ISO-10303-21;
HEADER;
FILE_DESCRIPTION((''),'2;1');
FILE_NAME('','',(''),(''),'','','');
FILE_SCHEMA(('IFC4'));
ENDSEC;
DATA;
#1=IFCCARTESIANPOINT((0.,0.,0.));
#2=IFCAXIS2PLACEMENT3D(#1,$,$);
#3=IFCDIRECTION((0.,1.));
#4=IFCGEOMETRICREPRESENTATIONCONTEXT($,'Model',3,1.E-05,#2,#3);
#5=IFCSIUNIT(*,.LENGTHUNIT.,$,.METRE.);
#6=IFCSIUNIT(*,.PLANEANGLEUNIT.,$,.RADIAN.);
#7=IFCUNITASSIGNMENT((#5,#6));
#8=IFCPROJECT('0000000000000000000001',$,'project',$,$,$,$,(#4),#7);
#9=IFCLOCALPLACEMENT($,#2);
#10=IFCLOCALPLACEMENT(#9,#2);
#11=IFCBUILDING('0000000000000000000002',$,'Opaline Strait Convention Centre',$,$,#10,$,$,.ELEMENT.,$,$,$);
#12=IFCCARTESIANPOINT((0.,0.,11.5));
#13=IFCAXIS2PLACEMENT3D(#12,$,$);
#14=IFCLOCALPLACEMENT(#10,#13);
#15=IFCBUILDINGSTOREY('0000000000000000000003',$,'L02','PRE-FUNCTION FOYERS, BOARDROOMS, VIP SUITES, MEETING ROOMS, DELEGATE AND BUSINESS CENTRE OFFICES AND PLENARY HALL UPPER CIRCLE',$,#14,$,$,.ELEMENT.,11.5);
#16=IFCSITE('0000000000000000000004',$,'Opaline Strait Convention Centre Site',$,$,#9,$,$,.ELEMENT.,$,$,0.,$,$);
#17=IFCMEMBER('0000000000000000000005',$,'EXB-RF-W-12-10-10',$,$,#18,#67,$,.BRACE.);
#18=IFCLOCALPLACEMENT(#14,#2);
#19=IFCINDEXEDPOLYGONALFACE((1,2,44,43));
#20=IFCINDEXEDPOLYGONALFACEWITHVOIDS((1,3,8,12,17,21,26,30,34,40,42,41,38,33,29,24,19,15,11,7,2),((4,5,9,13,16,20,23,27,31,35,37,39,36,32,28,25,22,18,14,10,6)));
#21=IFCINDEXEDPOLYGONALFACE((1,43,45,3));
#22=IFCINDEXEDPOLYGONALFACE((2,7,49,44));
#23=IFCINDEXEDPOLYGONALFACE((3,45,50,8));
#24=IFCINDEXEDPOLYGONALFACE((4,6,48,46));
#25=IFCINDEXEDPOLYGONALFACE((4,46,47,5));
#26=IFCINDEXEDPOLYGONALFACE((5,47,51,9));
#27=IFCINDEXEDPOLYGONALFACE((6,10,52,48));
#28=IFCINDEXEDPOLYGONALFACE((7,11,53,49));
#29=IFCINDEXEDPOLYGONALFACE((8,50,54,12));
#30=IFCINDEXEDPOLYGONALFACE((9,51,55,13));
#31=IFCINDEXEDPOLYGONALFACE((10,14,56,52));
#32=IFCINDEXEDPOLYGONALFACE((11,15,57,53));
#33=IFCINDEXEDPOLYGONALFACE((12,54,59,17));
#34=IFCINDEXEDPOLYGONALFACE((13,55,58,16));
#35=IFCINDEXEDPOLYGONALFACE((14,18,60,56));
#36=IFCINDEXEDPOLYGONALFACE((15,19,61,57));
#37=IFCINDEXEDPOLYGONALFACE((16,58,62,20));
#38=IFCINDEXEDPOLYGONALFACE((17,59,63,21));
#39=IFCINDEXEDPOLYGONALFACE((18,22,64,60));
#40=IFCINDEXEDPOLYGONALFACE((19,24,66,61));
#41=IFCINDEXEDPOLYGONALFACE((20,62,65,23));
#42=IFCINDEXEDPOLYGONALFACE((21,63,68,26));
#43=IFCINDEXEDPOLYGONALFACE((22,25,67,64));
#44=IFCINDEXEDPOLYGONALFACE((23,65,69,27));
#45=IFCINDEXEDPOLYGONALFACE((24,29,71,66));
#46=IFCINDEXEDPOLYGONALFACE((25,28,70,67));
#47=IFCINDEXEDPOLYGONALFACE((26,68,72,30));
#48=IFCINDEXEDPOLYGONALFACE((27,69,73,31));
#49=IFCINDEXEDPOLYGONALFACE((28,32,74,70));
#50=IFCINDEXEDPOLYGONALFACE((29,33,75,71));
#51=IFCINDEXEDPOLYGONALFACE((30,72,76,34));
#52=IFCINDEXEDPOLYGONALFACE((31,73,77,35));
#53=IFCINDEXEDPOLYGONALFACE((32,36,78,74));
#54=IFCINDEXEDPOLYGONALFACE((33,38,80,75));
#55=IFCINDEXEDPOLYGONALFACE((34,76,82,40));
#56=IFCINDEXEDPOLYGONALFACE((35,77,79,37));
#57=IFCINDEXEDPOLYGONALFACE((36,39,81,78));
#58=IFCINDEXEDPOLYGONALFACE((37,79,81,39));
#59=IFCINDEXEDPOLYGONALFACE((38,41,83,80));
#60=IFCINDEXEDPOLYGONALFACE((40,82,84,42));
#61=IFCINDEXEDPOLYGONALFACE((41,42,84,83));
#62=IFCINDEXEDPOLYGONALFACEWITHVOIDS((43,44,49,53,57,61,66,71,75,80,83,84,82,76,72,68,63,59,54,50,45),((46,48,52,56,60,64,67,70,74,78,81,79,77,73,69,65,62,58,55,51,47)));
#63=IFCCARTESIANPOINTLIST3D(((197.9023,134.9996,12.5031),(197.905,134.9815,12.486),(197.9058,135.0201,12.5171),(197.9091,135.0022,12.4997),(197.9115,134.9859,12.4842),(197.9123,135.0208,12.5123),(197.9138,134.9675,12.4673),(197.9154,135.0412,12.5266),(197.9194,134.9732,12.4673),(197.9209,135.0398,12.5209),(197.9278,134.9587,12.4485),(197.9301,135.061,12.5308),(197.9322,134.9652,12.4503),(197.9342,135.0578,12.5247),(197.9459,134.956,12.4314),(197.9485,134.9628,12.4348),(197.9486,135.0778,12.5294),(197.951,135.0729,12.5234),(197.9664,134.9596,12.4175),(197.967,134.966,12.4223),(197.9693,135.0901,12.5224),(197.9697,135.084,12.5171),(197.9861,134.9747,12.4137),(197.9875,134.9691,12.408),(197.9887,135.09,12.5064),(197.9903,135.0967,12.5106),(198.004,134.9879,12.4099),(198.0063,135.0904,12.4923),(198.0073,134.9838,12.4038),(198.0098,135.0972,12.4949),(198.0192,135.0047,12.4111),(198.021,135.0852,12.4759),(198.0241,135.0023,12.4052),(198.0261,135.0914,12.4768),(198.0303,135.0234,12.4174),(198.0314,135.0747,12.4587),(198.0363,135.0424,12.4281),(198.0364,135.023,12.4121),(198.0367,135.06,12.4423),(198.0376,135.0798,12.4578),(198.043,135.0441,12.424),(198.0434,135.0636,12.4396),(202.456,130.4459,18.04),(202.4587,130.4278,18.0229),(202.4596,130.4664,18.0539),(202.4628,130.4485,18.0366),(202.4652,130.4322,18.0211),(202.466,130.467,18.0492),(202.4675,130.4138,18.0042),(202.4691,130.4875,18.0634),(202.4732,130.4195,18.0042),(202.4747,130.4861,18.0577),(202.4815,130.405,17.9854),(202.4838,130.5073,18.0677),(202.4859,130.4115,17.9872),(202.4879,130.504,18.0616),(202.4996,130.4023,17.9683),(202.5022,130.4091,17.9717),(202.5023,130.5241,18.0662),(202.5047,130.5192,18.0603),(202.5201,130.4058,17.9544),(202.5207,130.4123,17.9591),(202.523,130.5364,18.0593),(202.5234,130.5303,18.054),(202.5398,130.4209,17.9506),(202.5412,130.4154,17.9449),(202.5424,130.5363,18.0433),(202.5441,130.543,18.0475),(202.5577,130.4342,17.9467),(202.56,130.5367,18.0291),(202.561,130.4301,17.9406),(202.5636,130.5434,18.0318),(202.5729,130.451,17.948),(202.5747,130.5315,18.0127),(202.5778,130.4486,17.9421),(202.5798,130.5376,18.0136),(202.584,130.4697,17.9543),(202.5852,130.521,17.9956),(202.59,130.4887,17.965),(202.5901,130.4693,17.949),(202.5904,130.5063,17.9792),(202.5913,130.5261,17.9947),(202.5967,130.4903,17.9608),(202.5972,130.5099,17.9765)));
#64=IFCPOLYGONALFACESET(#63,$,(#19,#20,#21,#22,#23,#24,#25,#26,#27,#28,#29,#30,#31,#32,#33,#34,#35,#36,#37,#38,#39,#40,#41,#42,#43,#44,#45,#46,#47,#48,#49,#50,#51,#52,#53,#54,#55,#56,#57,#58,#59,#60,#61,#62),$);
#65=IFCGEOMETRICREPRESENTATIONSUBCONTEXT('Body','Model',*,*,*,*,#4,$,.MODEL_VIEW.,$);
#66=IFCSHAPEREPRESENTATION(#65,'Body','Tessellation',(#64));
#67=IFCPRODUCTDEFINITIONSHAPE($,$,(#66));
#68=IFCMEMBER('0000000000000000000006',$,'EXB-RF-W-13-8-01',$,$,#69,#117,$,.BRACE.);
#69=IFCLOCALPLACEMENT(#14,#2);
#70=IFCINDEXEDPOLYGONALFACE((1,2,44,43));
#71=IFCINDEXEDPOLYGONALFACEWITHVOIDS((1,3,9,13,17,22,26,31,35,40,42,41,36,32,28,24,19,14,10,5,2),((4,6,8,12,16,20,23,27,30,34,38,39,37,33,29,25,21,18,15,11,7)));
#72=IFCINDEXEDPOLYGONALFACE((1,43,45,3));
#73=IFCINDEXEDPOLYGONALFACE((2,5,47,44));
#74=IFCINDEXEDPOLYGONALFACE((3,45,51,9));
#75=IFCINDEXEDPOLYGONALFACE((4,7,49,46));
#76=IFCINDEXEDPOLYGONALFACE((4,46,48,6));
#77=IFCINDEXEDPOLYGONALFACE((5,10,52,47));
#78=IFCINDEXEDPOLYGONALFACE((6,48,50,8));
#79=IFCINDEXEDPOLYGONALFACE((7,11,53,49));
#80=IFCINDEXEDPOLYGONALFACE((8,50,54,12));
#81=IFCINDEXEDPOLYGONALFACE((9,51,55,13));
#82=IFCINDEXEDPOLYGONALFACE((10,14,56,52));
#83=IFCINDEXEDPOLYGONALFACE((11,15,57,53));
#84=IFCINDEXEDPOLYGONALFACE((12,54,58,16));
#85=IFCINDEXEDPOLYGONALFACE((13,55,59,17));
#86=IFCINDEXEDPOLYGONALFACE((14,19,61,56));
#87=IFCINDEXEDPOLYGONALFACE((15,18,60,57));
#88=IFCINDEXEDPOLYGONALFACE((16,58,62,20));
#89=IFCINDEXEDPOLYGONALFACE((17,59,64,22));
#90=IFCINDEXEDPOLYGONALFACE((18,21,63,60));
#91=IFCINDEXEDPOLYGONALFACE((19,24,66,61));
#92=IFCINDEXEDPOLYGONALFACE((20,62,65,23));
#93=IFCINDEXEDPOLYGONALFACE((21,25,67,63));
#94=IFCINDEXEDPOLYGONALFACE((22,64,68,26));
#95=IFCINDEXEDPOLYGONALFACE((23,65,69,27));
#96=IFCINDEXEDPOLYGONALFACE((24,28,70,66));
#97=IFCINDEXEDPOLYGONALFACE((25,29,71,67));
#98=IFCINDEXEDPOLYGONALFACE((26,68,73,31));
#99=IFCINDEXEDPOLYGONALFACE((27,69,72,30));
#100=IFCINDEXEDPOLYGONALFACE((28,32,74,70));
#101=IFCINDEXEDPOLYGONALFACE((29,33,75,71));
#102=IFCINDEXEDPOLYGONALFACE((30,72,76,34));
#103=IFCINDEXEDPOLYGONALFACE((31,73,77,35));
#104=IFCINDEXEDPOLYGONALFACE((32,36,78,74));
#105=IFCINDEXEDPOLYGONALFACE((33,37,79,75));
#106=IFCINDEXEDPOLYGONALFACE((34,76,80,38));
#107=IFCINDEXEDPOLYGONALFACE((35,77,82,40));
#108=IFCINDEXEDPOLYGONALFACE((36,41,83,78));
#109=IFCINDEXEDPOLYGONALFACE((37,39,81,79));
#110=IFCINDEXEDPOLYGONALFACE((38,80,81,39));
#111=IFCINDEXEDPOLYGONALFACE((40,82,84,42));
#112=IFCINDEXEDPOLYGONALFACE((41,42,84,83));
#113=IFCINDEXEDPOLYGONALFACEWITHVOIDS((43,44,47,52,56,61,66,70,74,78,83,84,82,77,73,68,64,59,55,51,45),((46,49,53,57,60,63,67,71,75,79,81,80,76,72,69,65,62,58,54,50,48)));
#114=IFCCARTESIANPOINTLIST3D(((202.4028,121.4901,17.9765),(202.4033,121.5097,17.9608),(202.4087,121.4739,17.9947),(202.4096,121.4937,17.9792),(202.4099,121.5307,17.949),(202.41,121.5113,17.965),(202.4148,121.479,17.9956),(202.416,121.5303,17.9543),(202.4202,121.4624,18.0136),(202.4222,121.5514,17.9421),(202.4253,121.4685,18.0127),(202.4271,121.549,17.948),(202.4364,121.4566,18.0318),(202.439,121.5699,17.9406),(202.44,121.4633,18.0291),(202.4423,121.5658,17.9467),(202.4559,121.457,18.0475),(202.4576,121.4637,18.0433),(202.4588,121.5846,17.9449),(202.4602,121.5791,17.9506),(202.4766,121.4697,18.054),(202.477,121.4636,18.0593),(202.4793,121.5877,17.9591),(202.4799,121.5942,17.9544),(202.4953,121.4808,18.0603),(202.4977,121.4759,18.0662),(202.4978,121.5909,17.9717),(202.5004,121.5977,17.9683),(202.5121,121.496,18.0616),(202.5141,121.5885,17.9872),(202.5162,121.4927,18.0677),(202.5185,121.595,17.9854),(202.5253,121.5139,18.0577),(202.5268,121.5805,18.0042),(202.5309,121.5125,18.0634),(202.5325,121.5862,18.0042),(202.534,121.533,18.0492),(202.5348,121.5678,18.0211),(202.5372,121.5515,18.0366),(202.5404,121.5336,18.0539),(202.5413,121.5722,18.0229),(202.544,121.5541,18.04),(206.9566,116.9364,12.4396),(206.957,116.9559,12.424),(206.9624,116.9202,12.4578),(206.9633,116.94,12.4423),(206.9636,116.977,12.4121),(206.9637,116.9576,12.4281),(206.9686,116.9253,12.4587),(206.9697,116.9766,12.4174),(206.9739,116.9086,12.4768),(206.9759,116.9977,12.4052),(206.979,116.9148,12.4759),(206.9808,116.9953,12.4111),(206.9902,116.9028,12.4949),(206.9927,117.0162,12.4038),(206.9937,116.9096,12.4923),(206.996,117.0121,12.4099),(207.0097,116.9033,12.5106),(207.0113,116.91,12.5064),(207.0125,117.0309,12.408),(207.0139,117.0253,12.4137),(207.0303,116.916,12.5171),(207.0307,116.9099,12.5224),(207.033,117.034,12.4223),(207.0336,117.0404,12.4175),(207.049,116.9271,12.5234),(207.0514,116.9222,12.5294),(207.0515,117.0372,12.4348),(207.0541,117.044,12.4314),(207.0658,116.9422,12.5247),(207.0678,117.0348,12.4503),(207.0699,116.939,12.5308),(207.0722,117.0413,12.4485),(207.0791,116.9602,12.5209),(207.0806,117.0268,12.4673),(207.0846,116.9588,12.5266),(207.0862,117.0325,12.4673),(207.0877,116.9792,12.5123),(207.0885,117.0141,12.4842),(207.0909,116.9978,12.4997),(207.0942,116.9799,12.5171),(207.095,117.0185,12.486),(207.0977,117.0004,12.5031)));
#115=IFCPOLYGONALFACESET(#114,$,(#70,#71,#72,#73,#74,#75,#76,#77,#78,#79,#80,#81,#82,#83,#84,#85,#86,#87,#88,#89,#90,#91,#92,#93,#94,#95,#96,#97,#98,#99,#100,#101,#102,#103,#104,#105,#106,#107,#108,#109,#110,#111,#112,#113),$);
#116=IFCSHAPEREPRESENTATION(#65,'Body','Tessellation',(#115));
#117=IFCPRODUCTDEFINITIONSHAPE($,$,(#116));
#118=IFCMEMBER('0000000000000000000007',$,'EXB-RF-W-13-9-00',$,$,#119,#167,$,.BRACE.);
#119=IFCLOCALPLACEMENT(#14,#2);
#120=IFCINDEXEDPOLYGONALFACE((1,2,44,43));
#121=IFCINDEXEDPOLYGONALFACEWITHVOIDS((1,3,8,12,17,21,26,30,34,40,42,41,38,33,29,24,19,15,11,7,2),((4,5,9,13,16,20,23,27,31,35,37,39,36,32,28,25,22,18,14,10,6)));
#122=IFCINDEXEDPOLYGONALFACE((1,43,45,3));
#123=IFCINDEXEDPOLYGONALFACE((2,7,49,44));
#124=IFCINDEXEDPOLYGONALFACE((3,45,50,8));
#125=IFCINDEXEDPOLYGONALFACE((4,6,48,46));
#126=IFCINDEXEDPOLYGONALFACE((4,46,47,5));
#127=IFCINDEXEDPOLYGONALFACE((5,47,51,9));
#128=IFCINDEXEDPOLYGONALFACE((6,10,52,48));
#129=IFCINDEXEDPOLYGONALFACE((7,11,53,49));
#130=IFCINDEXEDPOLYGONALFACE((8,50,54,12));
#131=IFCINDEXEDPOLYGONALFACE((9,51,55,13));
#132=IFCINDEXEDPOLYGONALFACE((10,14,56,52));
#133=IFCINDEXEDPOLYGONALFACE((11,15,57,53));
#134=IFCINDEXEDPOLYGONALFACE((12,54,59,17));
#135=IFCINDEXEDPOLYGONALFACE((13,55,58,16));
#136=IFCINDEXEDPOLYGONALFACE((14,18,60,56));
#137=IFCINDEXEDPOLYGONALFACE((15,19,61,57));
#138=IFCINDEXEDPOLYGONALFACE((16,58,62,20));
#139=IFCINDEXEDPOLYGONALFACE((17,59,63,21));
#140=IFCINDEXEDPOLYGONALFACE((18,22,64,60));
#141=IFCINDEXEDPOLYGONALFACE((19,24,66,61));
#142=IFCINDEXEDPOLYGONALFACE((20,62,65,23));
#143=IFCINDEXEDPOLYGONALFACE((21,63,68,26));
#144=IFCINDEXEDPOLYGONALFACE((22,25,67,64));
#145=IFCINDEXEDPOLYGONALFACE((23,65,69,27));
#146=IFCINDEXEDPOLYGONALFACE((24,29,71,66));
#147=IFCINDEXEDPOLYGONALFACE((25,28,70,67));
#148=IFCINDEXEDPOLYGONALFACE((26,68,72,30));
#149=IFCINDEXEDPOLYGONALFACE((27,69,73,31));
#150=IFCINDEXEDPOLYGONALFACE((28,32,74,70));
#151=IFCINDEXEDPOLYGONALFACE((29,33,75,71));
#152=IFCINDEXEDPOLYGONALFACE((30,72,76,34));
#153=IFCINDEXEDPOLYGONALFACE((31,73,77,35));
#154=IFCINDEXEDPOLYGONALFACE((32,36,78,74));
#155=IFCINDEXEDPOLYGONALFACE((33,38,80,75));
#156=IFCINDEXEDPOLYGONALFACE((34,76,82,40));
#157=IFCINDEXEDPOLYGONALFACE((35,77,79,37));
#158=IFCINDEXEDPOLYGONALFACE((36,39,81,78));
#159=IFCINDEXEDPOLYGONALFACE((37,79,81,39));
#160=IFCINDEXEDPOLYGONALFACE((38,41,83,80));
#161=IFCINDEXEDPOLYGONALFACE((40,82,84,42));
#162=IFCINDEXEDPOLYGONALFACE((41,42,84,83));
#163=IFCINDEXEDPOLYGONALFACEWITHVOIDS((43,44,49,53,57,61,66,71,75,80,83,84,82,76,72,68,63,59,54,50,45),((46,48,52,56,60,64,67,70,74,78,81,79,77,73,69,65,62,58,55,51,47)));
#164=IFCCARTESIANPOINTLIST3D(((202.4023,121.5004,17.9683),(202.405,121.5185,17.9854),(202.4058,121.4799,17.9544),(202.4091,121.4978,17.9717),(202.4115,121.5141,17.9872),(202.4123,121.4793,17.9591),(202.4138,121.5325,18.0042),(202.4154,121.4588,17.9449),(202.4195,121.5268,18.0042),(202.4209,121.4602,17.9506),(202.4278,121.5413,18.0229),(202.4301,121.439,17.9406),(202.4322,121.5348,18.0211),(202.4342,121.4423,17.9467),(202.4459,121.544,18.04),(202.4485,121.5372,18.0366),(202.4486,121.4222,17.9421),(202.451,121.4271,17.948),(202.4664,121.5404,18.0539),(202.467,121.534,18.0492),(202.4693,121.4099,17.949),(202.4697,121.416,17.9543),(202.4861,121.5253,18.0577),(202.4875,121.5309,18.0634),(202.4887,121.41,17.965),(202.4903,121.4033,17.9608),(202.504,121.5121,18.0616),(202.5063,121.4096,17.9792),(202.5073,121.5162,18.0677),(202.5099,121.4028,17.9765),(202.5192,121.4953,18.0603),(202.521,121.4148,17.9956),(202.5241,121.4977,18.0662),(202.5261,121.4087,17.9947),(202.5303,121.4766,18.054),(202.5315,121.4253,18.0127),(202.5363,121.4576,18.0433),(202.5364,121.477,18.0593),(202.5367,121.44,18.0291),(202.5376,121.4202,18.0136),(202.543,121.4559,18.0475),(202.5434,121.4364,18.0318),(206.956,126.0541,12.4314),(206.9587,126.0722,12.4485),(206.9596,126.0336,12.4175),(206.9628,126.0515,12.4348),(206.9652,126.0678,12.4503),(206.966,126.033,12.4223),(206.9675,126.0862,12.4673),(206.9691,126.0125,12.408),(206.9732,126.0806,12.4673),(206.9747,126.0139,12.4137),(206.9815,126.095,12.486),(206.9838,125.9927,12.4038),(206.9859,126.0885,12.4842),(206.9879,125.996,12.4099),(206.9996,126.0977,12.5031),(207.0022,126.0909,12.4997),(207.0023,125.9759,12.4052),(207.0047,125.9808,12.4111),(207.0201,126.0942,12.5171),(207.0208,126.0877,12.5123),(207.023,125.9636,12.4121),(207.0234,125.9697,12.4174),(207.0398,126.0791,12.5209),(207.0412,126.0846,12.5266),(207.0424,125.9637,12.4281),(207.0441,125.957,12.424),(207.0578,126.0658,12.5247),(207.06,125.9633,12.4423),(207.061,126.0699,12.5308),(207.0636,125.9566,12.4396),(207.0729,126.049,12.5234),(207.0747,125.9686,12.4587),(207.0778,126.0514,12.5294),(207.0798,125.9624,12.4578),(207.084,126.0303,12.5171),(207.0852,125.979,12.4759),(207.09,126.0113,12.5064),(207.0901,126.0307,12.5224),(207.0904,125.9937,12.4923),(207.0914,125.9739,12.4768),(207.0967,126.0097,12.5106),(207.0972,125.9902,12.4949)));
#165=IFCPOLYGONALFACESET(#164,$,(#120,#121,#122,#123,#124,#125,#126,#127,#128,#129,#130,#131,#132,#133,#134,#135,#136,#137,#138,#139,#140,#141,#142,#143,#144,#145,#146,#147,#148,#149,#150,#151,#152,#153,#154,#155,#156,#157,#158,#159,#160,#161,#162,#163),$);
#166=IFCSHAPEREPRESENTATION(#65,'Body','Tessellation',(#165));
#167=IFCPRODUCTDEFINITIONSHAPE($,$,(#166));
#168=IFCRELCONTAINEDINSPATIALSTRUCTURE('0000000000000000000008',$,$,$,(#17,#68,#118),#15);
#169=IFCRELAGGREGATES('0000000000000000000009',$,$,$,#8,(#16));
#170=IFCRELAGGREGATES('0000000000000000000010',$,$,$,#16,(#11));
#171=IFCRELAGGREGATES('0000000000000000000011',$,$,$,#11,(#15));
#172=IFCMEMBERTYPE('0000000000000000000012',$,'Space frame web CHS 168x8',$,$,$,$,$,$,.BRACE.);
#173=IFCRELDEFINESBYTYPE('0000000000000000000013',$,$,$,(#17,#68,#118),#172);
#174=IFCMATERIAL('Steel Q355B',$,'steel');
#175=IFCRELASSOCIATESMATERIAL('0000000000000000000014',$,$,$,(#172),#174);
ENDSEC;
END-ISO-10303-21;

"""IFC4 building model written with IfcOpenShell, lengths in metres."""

from ifc_helpers import new_model, si_unit, direction, frame, origin, origin_2d, place, context, subcontext, project, spatial, hollow_circle, extrude, material, material_profile, profile_set, type_object, element, save


model = new_model("IFC4")

# Units and contexts
model_context = context("Model", 3, precision=1e-05, world=origin(), true_north=direction((0.0, 1.0)))
body_context = subcontext(model_context, "Body", "Model", "MODEL_VIEW")
ifc_project = project(units=[si_unit("LENGTHUNIT", "METRE"), si_unit("PLANEANGLEUNIT", "RADIAN")], contexts=[model_context])

# Site, building, storey
site_placement = place(None, origin())
site = spatial("IfcSite", under=ifc_project, at=site_placement, Name="Opaline Strait Convention Centre Site", CompositionType="ELEMENT", RefElevation=0.0)
building_placement = place(site_placement, origin())
building = spatial("IfcBuilding", under=site, at=building_placement, Name="Opaline Strait Convention Centre", CompositionType="ELEMENT")
storey_placement = place(building_placement, frame((0.0, 0.0, 11.5)))
storey = spatial("IfcBuildingStorey", under=building, at=storey_placement, Name="L02", Description="PRE-FUNCTION FOYERS, BOARDROOMS, VIP SUITES, MEETING ROOMS, DELEGATE AND BUSINESS CENTRE OFFICES AND PLENARY HALL UPPER CIRCLE", CompositionType="ELEMENT", Elevation=11.5)

# Members
ifc_material = material(Name="Steel Q355B", Category="steel")
ifc_material_profile_1 = material_profile(ifc_material, hollow_circle(Radius=0.084, WallThickness=0.0081, at=origin_2d()), Name="CHS 168x8")
ifc_profile_set_1 = profile_set([ifc_material_profile_1], Name="Steel Q355B")
member_type_1 = type_object("IfcMemberType", Name="Space frame web CHS 168x8", PredefinedType="BRACE", material=ifc_profile_set_1)
for number, where, z_axis, x_axis, name in (
    (1, (202.5269, 130.4731, 18.0042), (-0.536178, 0.536178, -0.65194), (-0.707107, -0.707107, 0.0), "EXB-RF-W-12-10-10"),
    (2, (202.4731, 121.5269, 18.0042), (0.536178, -0.536178, -0.65194), (0.707107, 0.707107, 0.0), "EXB-RF-W-13-8-01"),
    (3, (202.4731, 121.4731, 18.0042), (0.536178, 0.536178, -0.65194), (-0.707107, 0.707107, 0.0), "EXB-RF-W-13-9-00"),
):
    element("IfcMember", number, at=place(storey_placement, frame(where, z_axis=z_axis, x_axis=x_axis)), inside=storey, type_object=member_type_1, Name=name, PredefinedType="BRACE", context=body_context, shape_type="SweptSolid", body=[
        extrude(hollow_circle(Radius=0.084, WallThickness=0.0081, at=origin_2d()), origin(), (0.0, 0.0, 1.0), 8.4929),
    ])

save(model, "model.ifc")
